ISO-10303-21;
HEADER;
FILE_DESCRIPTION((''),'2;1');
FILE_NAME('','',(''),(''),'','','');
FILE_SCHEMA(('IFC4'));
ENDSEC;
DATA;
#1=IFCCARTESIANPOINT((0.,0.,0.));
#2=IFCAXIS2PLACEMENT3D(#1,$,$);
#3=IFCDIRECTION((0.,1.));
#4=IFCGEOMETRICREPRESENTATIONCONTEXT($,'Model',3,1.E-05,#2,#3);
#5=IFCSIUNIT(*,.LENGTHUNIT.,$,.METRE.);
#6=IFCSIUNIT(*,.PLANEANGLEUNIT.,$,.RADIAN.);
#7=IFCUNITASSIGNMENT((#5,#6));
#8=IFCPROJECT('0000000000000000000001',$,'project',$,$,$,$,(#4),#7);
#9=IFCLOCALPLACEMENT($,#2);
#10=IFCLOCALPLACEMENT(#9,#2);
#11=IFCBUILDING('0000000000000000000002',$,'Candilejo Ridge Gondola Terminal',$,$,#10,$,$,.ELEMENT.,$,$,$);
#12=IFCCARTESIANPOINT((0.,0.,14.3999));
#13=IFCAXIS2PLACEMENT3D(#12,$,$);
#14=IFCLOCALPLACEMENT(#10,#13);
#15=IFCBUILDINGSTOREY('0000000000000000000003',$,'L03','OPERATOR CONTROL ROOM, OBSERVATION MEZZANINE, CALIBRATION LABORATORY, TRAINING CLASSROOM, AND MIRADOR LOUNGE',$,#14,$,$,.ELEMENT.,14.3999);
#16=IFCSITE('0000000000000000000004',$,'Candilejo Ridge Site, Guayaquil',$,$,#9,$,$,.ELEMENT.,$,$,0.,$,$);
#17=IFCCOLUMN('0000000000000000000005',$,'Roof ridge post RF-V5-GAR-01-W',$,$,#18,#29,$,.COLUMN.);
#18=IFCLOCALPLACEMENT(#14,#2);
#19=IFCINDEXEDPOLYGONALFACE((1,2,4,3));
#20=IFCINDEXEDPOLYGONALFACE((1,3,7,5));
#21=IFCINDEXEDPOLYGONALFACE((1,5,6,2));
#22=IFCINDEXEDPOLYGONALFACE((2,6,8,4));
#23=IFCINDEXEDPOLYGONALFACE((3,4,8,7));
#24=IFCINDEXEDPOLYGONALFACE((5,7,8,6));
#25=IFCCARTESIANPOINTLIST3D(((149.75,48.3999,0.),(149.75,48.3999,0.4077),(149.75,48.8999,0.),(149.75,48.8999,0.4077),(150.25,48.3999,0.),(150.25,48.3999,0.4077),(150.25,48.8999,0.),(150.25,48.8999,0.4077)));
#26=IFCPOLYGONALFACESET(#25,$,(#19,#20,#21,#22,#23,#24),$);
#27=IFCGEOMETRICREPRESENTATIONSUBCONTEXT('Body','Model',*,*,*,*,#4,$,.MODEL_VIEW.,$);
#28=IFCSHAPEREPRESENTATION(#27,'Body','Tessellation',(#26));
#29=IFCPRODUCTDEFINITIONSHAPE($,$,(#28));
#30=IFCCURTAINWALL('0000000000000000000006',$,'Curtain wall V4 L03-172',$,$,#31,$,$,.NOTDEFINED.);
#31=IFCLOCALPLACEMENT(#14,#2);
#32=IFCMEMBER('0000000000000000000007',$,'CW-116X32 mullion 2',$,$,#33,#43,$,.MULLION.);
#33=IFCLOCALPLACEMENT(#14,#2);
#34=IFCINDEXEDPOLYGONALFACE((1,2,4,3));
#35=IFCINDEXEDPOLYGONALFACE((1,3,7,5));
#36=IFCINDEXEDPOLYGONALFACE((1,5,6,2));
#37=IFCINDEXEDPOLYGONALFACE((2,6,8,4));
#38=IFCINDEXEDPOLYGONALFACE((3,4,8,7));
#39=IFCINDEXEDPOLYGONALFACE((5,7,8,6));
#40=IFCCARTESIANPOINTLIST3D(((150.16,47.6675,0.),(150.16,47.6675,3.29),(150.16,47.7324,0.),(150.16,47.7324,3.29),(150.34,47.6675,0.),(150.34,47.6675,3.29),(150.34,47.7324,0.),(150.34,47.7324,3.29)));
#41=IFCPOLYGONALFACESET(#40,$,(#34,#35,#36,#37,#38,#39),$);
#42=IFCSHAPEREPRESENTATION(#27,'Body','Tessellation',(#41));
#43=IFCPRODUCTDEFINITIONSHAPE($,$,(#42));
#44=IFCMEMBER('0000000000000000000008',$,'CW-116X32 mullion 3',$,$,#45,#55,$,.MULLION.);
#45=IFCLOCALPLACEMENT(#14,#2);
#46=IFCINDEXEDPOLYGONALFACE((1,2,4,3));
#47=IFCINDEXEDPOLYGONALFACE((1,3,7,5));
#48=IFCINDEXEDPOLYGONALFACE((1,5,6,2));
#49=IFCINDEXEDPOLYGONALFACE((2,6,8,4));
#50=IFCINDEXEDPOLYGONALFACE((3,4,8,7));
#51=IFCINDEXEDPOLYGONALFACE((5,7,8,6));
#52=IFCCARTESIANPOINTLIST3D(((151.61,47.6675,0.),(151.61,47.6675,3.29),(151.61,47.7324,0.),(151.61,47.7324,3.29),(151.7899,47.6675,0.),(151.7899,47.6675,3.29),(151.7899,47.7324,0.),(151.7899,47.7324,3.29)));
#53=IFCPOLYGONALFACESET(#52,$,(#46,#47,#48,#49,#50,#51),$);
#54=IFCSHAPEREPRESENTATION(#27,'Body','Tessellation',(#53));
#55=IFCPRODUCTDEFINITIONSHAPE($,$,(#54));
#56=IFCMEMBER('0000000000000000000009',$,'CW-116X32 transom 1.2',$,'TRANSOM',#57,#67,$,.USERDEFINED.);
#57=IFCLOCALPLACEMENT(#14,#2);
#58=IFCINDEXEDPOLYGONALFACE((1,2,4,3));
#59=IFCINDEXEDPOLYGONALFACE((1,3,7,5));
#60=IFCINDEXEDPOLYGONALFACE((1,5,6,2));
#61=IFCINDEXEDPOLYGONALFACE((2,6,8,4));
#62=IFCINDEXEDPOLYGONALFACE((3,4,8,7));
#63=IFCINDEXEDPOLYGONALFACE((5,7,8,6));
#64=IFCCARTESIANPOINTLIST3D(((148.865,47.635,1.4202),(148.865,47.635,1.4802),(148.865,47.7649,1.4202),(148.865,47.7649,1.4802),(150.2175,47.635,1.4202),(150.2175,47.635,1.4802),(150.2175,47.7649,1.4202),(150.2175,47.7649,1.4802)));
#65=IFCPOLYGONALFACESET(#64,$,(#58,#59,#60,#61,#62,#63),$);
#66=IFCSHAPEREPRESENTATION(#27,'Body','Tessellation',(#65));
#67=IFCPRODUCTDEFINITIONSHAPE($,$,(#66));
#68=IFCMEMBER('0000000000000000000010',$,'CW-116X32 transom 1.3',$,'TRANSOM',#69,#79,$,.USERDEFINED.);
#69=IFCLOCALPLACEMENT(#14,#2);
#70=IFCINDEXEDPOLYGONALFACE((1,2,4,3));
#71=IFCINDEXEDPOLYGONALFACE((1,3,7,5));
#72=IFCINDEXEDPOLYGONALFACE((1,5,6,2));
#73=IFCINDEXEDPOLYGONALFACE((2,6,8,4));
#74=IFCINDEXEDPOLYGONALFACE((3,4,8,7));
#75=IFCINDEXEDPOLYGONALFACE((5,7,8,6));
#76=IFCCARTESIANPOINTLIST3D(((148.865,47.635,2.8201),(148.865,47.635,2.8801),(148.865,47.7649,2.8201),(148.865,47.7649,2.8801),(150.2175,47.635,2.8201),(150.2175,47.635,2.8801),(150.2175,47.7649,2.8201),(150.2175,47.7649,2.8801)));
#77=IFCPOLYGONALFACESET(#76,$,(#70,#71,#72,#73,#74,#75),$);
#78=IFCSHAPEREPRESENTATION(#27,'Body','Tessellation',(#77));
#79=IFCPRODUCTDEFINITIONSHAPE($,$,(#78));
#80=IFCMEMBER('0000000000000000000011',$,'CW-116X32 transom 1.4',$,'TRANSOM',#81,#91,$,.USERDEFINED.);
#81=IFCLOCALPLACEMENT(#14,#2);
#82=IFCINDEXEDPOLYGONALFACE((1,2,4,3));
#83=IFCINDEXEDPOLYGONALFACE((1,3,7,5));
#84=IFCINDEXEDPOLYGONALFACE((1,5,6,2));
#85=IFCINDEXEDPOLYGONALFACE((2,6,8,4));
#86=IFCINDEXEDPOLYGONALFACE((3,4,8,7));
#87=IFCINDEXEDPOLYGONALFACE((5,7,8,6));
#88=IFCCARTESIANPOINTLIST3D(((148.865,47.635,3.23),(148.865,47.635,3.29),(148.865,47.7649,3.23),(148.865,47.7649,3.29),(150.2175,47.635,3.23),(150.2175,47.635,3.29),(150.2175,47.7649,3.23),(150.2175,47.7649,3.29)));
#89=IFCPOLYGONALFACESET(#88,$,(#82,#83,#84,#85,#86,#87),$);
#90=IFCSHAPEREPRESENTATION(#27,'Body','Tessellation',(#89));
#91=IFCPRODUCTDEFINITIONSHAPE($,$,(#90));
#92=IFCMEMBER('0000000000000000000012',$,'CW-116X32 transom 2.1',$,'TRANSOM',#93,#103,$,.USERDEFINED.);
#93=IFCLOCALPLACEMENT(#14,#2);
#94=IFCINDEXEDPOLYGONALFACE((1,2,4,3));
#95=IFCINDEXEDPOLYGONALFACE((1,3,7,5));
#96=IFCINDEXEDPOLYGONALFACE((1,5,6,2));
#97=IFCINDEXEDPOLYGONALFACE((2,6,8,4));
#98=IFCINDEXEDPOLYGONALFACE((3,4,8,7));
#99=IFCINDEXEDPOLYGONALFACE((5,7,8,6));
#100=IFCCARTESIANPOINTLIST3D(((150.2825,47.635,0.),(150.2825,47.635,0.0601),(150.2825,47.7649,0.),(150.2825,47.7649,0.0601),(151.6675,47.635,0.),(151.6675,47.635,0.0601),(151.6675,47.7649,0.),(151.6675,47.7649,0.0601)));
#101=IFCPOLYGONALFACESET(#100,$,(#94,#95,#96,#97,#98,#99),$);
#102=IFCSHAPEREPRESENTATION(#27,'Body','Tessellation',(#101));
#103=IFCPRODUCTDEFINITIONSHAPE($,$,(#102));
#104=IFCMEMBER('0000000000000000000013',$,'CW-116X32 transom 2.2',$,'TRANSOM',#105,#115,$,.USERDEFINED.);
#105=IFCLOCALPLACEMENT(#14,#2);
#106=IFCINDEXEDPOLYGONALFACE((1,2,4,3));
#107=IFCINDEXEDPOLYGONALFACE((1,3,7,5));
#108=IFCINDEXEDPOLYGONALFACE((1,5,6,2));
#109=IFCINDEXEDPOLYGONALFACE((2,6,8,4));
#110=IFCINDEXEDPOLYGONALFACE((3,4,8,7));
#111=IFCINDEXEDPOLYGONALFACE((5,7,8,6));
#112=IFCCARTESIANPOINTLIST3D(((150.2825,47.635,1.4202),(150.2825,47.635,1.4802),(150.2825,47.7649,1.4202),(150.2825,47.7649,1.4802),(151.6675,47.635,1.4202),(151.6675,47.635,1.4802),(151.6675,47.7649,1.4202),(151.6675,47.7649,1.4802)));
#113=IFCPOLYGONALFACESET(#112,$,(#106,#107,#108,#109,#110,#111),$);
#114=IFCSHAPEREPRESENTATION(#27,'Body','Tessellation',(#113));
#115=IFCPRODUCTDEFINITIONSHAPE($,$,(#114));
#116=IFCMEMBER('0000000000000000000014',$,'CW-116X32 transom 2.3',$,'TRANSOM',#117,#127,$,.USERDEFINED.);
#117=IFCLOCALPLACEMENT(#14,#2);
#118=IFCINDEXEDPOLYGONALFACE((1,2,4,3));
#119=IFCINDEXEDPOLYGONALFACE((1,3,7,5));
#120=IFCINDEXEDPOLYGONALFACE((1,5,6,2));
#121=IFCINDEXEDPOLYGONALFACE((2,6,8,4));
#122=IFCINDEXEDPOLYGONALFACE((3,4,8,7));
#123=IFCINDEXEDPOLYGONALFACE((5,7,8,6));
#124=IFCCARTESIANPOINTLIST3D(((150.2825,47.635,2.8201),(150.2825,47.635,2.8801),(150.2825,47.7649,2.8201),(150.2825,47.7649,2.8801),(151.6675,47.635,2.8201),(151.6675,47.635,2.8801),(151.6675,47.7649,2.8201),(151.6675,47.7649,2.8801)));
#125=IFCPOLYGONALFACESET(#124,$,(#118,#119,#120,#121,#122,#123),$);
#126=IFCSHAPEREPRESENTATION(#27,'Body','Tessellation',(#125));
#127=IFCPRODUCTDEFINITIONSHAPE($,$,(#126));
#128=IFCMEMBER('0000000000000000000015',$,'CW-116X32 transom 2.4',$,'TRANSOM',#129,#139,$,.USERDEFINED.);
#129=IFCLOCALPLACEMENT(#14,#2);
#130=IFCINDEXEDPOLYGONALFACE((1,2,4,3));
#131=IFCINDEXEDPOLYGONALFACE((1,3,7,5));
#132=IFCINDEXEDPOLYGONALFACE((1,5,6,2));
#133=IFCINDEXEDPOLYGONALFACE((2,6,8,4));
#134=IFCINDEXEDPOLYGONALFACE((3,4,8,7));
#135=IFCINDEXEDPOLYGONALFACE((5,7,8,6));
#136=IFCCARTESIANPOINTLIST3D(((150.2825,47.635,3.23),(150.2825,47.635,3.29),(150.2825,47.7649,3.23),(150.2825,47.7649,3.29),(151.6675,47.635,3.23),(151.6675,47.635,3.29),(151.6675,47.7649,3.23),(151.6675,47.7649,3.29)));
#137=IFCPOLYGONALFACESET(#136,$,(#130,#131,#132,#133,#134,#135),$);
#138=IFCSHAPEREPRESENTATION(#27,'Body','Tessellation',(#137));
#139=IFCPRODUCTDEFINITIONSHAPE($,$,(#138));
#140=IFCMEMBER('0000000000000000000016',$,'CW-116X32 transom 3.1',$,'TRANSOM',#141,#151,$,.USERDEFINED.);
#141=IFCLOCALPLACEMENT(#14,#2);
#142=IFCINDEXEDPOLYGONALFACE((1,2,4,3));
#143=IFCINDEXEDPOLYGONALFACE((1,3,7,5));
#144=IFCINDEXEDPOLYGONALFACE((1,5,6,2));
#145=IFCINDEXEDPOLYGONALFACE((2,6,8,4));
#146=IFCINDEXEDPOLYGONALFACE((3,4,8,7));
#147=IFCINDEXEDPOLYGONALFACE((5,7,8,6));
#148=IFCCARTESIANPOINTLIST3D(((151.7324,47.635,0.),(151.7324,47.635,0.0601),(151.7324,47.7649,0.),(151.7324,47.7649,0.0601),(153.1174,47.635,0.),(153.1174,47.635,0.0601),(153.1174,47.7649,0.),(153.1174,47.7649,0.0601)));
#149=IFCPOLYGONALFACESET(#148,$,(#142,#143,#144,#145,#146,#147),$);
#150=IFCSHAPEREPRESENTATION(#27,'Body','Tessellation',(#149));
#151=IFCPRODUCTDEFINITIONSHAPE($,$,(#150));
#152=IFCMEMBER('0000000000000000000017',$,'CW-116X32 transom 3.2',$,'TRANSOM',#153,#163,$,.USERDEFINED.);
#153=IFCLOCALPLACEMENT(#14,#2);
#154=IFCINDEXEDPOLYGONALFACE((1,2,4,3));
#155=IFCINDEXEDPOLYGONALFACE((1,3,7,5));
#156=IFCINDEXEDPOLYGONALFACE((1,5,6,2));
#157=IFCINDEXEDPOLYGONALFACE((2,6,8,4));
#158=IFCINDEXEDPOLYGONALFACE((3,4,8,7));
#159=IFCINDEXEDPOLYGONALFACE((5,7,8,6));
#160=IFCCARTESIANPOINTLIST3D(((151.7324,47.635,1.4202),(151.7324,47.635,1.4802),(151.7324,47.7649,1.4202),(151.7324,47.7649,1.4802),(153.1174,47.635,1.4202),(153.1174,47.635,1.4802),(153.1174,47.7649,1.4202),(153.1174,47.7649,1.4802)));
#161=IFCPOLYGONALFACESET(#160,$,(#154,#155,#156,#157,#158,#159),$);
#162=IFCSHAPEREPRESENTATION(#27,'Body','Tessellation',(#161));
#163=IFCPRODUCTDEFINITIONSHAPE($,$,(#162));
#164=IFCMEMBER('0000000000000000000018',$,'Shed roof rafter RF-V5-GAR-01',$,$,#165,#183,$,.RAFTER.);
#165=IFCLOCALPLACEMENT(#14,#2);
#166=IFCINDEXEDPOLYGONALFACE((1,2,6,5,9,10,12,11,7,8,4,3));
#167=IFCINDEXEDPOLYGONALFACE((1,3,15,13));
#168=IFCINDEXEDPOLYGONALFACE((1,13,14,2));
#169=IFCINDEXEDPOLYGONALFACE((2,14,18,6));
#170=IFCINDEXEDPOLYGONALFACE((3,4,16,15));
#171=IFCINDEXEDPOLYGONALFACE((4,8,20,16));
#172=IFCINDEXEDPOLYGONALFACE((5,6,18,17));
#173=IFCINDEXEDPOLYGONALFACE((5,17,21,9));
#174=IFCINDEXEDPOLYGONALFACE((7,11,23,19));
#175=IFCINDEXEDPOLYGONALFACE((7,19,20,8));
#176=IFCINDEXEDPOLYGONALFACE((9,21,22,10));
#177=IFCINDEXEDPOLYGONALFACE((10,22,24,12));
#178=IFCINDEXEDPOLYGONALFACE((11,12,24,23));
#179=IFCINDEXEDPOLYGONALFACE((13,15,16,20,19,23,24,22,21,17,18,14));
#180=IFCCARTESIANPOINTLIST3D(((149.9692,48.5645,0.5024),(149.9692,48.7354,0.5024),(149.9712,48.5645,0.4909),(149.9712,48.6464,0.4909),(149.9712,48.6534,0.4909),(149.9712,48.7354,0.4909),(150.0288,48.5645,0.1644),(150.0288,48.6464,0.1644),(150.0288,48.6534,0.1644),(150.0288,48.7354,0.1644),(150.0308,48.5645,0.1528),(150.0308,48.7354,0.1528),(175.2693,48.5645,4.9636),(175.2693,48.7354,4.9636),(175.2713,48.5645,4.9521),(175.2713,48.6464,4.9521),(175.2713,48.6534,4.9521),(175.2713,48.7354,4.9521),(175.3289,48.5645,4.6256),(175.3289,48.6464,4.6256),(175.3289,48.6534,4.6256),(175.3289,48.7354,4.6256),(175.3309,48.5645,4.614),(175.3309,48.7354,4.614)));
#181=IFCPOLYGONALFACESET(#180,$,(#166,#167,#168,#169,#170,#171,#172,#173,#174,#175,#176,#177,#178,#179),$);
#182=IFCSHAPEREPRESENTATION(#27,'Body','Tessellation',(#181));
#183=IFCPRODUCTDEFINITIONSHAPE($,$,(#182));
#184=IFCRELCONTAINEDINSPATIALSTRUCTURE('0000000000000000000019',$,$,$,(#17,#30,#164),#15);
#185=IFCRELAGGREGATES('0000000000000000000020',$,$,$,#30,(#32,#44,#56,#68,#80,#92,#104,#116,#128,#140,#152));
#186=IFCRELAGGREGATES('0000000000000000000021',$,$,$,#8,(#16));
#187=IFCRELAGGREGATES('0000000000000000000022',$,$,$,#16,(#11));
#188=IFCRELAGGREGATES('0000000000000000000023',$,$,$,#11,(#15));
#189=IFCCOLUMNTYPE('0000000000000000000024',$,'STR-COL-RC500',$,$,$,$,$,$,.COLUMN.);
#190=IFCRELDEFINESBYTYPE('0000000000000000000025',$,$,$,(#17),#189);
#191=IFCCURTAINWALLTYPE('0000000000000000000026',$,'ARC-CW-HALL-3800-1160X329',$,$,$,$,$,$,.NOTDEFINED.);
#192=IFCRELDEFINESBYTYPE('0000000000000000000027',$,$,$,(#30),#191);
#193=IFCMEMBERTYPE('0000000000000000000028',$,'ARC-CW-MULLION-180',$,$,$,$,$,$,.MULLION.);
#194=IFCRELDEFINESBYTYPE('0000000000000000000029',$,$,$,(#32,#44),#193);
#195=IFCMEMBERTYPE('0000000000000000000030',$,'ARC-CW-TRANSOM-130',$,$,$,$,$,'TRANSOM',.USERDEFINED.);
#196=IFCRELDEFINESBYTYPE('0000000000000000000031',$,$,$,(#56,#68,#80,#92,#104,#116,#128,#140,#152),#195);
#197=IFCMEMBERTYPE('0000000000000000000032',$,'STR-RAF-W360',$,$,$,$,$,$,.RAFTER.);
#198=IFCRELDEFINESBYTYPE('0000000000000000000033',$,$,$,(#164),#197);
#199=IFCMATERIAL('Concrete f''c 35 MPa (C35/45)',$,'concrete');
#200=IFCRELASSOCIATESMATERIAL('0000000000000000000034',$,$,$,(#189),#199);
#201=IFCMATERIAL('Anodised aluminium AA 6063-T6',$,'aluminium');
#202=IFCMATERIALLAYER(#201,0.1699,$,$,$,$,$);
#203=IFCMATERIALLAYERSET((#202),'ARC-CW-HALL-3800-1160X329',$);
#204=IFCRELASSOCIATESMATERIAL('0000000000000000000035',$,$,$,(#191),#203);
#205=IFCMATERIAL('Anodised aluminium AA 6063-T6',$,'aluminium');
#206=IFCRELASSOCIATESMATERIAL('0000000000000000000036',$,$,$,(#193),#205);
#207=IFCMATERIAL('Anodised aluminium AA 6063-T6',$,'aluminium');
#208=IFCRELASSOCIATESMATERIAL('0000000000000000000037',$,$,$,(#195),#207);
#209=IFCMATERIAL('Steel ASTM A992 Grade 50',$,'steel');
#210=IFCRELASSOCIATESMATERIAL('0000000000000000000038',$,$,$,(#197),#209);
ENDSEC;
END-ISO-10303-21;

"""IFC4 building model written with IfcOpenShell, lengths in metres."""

from ifc_helpers import new_model, si_unit, direction, frame, origin, origin_2d, place, context, subcontext, project, spatial, rectangle, i_section, extrude, material, layer, layer_set, material_profile, profile_set, type_object, element, aggregate, save


model = new_model("IFC4")

# Units and contexts
model_context = context("Model", 3, precision=1e-05, world=origin(), true_north=direction((0.0, 1.0)))
body_context = subcontext(model_context, "Body", "Model", "MODEL_VIEW")
ifc_project = project(units=[si_unit("LENGTHUNIT", "METRE"), si_unit("PLANEANGLEUNIT", "RADIAN")], contexts=[model_context])

# Site, building, storey
site_placement = place(None, origin())
site = spatial("IfcSite", under=ifc_project, at=site_placement, Name="Candilejo Ridge Site, Guayaquil", CompositionType="ELEMENT", RefElevation=0.0)
building_placement = place(site_placement, origin())
building = spatial("IfcBuilding", under=site, at=building_placement, Name="Candilejo Ridge Gondola Terminal", CompositionType="ELEMENT")
storey_placement = place(building_placement, frame((0.0, 0.0, 14.3999)))
storey = spatial("IfcBuildingStorey", under=building, at=storey_placement, Name="L03", Description="OPERATOR CONTROL ROOM, OBSERVATION MEZZANINE, CALIBRATION LABORATORY, TRAINING CLASSROOM, AND MIRADOR LOUNGE", CompositionType="ELEMENT", Elevation=14.3999)

# Column
ifc_material_1 = material(Name="Concrete f'c 35 MPa (C35/45)", Category="concrete")
ifc_material_profile_1 = material_profile(ifc_material_1, rectangle(XDim=0.5, YDim=0.5, at=origin_2d()))
ifc_profile_set_1 = profile_set([ifc_material_profile_1], Name="Concrete f'c 35 MPa (C35/45)")
column_type = type_object("IfcColumnType", Name="STR-COL-RC500", PredefinedType="COLUMN", material=ifc_profile_set_1)
column_placement = place(storey_placement, frame((150.0, 48.6499, 0.0), z_axis=(0.0, 0.0, 1.0), x_axis=(1.0, 0.0, 0.0)))
element("IfcColumn", 1, at=column_placement, inside=storey, type_object=column_type, Name="Roof ridge post RF-V5-GAR-01-W", PredefinedType="COLUMN", context=body_context, shape_type="SweptSolid", body=[
    extrude(rectangle(XDim=0.5, YDim=0.5, at=origin_2d()), origin(), (0.0, 0.0, 1.0), 0.4077),
])

# Curtain wall, members
ifc_material_2 = material(Name="Anodised aluminium AA 6063-T6", Category="aluminium")
ifc_layer_1 = layer(ifc_material_2, 0.1699)
ifc_layer_set_1 = layer_set([ifc_layer_1], Name="ARC-CW-HALL-3800-1160X329")
curtain_wall_type = type_object("IfcCurtainWallType", Name="ARC-CW-HALL-3800-1160X329", PredefinedType="NOTDEFINED", material=ifc_layer_set_1)
curtain_wall_placement = place(storey_placement, origin())
curtain_wall = element("IfcCurtainWall", 2, at=curtain_wall_placement, inside=storey, type_object=curtain_wall_type, Name="Curtain wall V4 L03-172", PredefinedType="NOTDEFINED")
ifc_material_3 = material(Name="Anodised aluminium AA 6063-T6", Category="aluminium")
ifc_material_profile_2 = material_profile(ifc_material_3, rectangle(XDim=0.0649, YDim=0.1799, at=origin_2d()))
ifc_profile_set_2 = profile_set([ifc_material_profile_2], Name="Anodised aluminium AA 6063-T6")
member_type_1 = type_object("IfcMemberType", Name="ARC-CW-MULLION-180", PredefinedType="MULLION", material=ifc_profile_set_2)
member_1_placement = place(storey_placement, frame((150.25, 47.7, 0.0), z_axis=(0.0, 0.0, 1.0), x_axis=(0.0, 1.0, 0.0)))
member_1 = element("IfcMember", 3, at=member_1_placement, type_object=member_type_1, Name="CW-116X32 mullion 2", PredefinedType="MULLION", context=body_context, shape_type="SweptSolid", body=[
    extrude(rectangle(XDim=0.0649, YDim=0.1799, at=origin_2d()), origin(), (0.0, 0.0, 1.0), 3.29),
])
member_2_placement = place(storey_placement, frame((151.7, 47.7, 0.0), z_axis=(0.0, 0.0, 1.0), x_axis=(0.0, 1.0, 0.0)))
member_2 = element("IfcMember", 4, at=member_2_placement, type_object=member_type_1, Name="CW-116X32 mullion 3", PredefinedType="MULLION", context=body_context, shape_type="SweptSolid", body=[
    extrude(rectangle(XDim=0.0649, YDim=0.1799, at=origin_2d()), origin(), (0.0, 0.0, 1.0), 3.29),
])
ifc_material_4 = material(Name="Anodised aluminium AA 6063-T6", Category="aluminium")
ifc_material_profile_3 = material_profile(ifc_material_4, rectangle(XDim=0.1299, YDim=0.0601, at=origin_2d()))
ifc_profile_set_3 = profile_set([ifc_material_profile_3], Name="Anodised aluminium AA 6063-T6")
member_type_2 = type_object("IfcMemberType", Name="ARC-CW-TRANSOM-130", ElementType="TRANSOM", PredefinedType="USERDEFINED", material=ifc_profile_set_3)
member_3_placement = place(storey_placement, frame((148.865, 47.7, 1.4502), z_axis=(1.0, 0.0, 0.0), x_axis=(0.0, 1.0, 0.0)))
member_3 = element("IfcMember", 5, at=member_3_placement, type_object=member_type_2, Name="CW-116X32 transom 1.2", ObjectType="TRANSOM", PredefinedType="USERDEFINED", context=body_context, shape_type="SweptSolid", body=[
    extrude(rectangle(XDim=0.1299, YDim=0.0601, at=origin_2d()), origin(), (0.0, 0.0, 1.0), 1.3525),
])
member_4_placement = place(storey_placement, frame((148.865, 47.7, 2.8501), z_axis=(1.0, 0.0, 0.0), x_axis=(0.0, 1.0, 0.0)))
member_4 = element("IfcMember", 6, at=member_4_placement, type_object=member_type_2, Name="CW-116X32 transom 1.3", ObjectType="TRANSOM", PredefinedType="USERDEFINED", context=body_context, shape_type="SweptSolid", body=[
    extrude(rectangle(XDim=0.1299, YDim=0.0601, at=origin_2d()), origin(), (0.0, 0.0, 1.0), 1.3525),
])
member_5_placement = place(storey_placement, frame((148.865, 47.7, 3.26), z_axis=(1.0, 0.0, 0.0), x_axis=(0.0, 1.0, 0.0)))
member_5 = element("IfcMember", 7, at=member_5_placement, type_object=member_type_2, Name="CW-116X32 transom 1.4", ObjectType="TRANSOM", PredefinedType="USERDEFINED", context=body_context, shape_type="SweptSolid", body=[
    extrude(rectangle(XDim=0.1299, YDim=0.0601, at=origin_2d()), origin(), (0.0, 0.0, 1.0), 1.3525),
])
member_6_placement = place(storey_placement, frame((150.2825, 47.7, 0.03), z_axis=(1.0, 0.0, 0.0), x_axis=(0.0, 1.0, 0.0)))
member_6 = element("IfcMember", 8, at=member_6_placement, type_object=member_type_2, Name="CW-116X32 transom 2.1", ObjectType="TRANSOM", PredefinedType="USERDEFINED", context=body_context, shape_type="SweptSolid", body=[
    extrude(rectangle(XDim=0.1299, YDim=0.0601, at=origin_2d()), origin(), (0.0, 0.0, 1.0), 1.385),
])
member_7_placement = place(storey_placement, frame((150.2825, 47.7, 1.4502), z_axis=(1.0, 0.0, 0.0), x_axis=(0.0, 1.0, 0.0)))
member_7 = element("IfcMember", 9, at=member_7_placement, type_object=member_type_2, Name="CW-116X32 transom 2.2", ObjectType="TRANSOM", PredefinedType="USERDEFINED", context=body_context, shape_type="SweptSolid", body=[
    extrude(rectangle(XDim=0.1299, YDim=0.0601, at=origin_2d()), origin(), (0.0, 0.0, 1.0), 1.385),
])
member_8_placement = place(storey_placement, frame((150.2825, 47.7, 2.8501), z_axis=(1.0, 0.0, 0.0), x_axis=(0.0, 1.0, 0.0)))
member_8 = element("IfcMember", 10, at=member_8_placement, type_object=member_type_2, Name="CW-116X32 transom 2.3", ObjectType="TRANSOM", PredefinedType="USERDEFINED", context=body_context, shape_type="SweptSolid", body=[
    extrude(rectangle(XDim=0.1299, YDim=0.0601, at=origin_2d()), origin(), (0.0, 0.0, 1.0), 1.385),
])
member_9_placement = place(storey_placement, frame((150.2825, 47.7, 3.26), z_axis=(1.0, 0.0, 0.0), x_axis=(0.0, 1.0, 0.0)))
member_9 = element("IfcMember", 11, at=member_9_placement, type_object=member_type_2, Name="CW-116X32 transom 2.4", ObjectType="TRANSOM", PredefinedType="USERDEFINED", context=body_context, shape_type="SweptSolid", body=[
    extrude(rectangle(XDim=0.1299, YDim=0.0601, at=origin_2d()), origin(), (0.0, 0.0, 1.0), 1.385),
])
member_10_placement = place(storey_placement, frame((151.7324, 47.7, 0.03), z_axis=(1.0, 0.0, 0.0), x_axis=(0.0, 1.0, 0.0)))
member_10 = element("IfcMember", 12, at=member_10_placement, type_object=member_type_2, Name="CW-116X32 transom 3.1", ObjectType="TRANSOM", PredefinedType="USERDEFINED", context=body_context, shape_type="SweptSolid", body=[
    extrude(rectangle(XDim=0.1299, YDim=0.0601, at=origin_2d()), origin(), (0.0, 0.0, 1.0), 1.385),
])
member_11_placement = place(storey_placement, frame((151.7324, 47.7, 1.4502), z_axis=(1.0, 0.0, 0.0), x_axis=(0.0, 1.0, 0.0)))
member_11 = element("IfcMember", 13, at=member_11_placement, type_object=member_type_2, Name="CW-116X32 transom 3.2", ObjectType="TRANSOM", PredefinedType="USERDEFINED", context=body_context, shape_type="SweptSolid", body=[
    extrude(rectangle(XDim=0.1299, YDim=0.0601, at=origin_2d()), origin(), (0.0, 0.0, 1.0), 1.385),
])

# Member
ifc_material_5 = material(Name="Steel ASTM A992 Grade 50", Category="steel")
ifc_material_profile_4 = material_profile(ifc_material_5, i_section(OverallWidth=0.1709, OverallDepth=0.355, WebThickness=0.0071, FlangeThickness=0.0117, at=origin_2d()))
ifc_profile_set_4 = profile_set([ifc_material_profile_4], Name="Steel ASTM A992 Grade 50")
member_type_3 = type_object("IfcMemberType", Name="STR-RAF-W360", PredefinedType="RAFTER", material=ifc_profile_set_4)
member_12_placement = place(storey_placement, frame((150.0, 48.6499, 0.3276), z_axis=(0.984807, 0.0, 0.173652), x_axis=(0.0, 1.0, 0.0)))
element("IfcMember", 14, at=member_12_placement, inside=storey, type_object=member_type_3, Name="Shed roof rafter RF-V5-GAR-01", PredefinedType="RAFTER", context=body_context, shape_type="SweptSolid", body=[
    extrude(i_section(OverallWidth=0.1709, OverallDepth=0.355, WebThickness=0.0071, FlangeThickness=0.0117, at=origin_2d()), origin(), (0.0, 0.0, 1.0), 25.6904),
])

aggregate(curtain_wall, [member_1, member_2, member_3, member_4, member_5, member_6, member_7, member_8, member_9, member_10, member_11])

save(model, "model.ifc")
